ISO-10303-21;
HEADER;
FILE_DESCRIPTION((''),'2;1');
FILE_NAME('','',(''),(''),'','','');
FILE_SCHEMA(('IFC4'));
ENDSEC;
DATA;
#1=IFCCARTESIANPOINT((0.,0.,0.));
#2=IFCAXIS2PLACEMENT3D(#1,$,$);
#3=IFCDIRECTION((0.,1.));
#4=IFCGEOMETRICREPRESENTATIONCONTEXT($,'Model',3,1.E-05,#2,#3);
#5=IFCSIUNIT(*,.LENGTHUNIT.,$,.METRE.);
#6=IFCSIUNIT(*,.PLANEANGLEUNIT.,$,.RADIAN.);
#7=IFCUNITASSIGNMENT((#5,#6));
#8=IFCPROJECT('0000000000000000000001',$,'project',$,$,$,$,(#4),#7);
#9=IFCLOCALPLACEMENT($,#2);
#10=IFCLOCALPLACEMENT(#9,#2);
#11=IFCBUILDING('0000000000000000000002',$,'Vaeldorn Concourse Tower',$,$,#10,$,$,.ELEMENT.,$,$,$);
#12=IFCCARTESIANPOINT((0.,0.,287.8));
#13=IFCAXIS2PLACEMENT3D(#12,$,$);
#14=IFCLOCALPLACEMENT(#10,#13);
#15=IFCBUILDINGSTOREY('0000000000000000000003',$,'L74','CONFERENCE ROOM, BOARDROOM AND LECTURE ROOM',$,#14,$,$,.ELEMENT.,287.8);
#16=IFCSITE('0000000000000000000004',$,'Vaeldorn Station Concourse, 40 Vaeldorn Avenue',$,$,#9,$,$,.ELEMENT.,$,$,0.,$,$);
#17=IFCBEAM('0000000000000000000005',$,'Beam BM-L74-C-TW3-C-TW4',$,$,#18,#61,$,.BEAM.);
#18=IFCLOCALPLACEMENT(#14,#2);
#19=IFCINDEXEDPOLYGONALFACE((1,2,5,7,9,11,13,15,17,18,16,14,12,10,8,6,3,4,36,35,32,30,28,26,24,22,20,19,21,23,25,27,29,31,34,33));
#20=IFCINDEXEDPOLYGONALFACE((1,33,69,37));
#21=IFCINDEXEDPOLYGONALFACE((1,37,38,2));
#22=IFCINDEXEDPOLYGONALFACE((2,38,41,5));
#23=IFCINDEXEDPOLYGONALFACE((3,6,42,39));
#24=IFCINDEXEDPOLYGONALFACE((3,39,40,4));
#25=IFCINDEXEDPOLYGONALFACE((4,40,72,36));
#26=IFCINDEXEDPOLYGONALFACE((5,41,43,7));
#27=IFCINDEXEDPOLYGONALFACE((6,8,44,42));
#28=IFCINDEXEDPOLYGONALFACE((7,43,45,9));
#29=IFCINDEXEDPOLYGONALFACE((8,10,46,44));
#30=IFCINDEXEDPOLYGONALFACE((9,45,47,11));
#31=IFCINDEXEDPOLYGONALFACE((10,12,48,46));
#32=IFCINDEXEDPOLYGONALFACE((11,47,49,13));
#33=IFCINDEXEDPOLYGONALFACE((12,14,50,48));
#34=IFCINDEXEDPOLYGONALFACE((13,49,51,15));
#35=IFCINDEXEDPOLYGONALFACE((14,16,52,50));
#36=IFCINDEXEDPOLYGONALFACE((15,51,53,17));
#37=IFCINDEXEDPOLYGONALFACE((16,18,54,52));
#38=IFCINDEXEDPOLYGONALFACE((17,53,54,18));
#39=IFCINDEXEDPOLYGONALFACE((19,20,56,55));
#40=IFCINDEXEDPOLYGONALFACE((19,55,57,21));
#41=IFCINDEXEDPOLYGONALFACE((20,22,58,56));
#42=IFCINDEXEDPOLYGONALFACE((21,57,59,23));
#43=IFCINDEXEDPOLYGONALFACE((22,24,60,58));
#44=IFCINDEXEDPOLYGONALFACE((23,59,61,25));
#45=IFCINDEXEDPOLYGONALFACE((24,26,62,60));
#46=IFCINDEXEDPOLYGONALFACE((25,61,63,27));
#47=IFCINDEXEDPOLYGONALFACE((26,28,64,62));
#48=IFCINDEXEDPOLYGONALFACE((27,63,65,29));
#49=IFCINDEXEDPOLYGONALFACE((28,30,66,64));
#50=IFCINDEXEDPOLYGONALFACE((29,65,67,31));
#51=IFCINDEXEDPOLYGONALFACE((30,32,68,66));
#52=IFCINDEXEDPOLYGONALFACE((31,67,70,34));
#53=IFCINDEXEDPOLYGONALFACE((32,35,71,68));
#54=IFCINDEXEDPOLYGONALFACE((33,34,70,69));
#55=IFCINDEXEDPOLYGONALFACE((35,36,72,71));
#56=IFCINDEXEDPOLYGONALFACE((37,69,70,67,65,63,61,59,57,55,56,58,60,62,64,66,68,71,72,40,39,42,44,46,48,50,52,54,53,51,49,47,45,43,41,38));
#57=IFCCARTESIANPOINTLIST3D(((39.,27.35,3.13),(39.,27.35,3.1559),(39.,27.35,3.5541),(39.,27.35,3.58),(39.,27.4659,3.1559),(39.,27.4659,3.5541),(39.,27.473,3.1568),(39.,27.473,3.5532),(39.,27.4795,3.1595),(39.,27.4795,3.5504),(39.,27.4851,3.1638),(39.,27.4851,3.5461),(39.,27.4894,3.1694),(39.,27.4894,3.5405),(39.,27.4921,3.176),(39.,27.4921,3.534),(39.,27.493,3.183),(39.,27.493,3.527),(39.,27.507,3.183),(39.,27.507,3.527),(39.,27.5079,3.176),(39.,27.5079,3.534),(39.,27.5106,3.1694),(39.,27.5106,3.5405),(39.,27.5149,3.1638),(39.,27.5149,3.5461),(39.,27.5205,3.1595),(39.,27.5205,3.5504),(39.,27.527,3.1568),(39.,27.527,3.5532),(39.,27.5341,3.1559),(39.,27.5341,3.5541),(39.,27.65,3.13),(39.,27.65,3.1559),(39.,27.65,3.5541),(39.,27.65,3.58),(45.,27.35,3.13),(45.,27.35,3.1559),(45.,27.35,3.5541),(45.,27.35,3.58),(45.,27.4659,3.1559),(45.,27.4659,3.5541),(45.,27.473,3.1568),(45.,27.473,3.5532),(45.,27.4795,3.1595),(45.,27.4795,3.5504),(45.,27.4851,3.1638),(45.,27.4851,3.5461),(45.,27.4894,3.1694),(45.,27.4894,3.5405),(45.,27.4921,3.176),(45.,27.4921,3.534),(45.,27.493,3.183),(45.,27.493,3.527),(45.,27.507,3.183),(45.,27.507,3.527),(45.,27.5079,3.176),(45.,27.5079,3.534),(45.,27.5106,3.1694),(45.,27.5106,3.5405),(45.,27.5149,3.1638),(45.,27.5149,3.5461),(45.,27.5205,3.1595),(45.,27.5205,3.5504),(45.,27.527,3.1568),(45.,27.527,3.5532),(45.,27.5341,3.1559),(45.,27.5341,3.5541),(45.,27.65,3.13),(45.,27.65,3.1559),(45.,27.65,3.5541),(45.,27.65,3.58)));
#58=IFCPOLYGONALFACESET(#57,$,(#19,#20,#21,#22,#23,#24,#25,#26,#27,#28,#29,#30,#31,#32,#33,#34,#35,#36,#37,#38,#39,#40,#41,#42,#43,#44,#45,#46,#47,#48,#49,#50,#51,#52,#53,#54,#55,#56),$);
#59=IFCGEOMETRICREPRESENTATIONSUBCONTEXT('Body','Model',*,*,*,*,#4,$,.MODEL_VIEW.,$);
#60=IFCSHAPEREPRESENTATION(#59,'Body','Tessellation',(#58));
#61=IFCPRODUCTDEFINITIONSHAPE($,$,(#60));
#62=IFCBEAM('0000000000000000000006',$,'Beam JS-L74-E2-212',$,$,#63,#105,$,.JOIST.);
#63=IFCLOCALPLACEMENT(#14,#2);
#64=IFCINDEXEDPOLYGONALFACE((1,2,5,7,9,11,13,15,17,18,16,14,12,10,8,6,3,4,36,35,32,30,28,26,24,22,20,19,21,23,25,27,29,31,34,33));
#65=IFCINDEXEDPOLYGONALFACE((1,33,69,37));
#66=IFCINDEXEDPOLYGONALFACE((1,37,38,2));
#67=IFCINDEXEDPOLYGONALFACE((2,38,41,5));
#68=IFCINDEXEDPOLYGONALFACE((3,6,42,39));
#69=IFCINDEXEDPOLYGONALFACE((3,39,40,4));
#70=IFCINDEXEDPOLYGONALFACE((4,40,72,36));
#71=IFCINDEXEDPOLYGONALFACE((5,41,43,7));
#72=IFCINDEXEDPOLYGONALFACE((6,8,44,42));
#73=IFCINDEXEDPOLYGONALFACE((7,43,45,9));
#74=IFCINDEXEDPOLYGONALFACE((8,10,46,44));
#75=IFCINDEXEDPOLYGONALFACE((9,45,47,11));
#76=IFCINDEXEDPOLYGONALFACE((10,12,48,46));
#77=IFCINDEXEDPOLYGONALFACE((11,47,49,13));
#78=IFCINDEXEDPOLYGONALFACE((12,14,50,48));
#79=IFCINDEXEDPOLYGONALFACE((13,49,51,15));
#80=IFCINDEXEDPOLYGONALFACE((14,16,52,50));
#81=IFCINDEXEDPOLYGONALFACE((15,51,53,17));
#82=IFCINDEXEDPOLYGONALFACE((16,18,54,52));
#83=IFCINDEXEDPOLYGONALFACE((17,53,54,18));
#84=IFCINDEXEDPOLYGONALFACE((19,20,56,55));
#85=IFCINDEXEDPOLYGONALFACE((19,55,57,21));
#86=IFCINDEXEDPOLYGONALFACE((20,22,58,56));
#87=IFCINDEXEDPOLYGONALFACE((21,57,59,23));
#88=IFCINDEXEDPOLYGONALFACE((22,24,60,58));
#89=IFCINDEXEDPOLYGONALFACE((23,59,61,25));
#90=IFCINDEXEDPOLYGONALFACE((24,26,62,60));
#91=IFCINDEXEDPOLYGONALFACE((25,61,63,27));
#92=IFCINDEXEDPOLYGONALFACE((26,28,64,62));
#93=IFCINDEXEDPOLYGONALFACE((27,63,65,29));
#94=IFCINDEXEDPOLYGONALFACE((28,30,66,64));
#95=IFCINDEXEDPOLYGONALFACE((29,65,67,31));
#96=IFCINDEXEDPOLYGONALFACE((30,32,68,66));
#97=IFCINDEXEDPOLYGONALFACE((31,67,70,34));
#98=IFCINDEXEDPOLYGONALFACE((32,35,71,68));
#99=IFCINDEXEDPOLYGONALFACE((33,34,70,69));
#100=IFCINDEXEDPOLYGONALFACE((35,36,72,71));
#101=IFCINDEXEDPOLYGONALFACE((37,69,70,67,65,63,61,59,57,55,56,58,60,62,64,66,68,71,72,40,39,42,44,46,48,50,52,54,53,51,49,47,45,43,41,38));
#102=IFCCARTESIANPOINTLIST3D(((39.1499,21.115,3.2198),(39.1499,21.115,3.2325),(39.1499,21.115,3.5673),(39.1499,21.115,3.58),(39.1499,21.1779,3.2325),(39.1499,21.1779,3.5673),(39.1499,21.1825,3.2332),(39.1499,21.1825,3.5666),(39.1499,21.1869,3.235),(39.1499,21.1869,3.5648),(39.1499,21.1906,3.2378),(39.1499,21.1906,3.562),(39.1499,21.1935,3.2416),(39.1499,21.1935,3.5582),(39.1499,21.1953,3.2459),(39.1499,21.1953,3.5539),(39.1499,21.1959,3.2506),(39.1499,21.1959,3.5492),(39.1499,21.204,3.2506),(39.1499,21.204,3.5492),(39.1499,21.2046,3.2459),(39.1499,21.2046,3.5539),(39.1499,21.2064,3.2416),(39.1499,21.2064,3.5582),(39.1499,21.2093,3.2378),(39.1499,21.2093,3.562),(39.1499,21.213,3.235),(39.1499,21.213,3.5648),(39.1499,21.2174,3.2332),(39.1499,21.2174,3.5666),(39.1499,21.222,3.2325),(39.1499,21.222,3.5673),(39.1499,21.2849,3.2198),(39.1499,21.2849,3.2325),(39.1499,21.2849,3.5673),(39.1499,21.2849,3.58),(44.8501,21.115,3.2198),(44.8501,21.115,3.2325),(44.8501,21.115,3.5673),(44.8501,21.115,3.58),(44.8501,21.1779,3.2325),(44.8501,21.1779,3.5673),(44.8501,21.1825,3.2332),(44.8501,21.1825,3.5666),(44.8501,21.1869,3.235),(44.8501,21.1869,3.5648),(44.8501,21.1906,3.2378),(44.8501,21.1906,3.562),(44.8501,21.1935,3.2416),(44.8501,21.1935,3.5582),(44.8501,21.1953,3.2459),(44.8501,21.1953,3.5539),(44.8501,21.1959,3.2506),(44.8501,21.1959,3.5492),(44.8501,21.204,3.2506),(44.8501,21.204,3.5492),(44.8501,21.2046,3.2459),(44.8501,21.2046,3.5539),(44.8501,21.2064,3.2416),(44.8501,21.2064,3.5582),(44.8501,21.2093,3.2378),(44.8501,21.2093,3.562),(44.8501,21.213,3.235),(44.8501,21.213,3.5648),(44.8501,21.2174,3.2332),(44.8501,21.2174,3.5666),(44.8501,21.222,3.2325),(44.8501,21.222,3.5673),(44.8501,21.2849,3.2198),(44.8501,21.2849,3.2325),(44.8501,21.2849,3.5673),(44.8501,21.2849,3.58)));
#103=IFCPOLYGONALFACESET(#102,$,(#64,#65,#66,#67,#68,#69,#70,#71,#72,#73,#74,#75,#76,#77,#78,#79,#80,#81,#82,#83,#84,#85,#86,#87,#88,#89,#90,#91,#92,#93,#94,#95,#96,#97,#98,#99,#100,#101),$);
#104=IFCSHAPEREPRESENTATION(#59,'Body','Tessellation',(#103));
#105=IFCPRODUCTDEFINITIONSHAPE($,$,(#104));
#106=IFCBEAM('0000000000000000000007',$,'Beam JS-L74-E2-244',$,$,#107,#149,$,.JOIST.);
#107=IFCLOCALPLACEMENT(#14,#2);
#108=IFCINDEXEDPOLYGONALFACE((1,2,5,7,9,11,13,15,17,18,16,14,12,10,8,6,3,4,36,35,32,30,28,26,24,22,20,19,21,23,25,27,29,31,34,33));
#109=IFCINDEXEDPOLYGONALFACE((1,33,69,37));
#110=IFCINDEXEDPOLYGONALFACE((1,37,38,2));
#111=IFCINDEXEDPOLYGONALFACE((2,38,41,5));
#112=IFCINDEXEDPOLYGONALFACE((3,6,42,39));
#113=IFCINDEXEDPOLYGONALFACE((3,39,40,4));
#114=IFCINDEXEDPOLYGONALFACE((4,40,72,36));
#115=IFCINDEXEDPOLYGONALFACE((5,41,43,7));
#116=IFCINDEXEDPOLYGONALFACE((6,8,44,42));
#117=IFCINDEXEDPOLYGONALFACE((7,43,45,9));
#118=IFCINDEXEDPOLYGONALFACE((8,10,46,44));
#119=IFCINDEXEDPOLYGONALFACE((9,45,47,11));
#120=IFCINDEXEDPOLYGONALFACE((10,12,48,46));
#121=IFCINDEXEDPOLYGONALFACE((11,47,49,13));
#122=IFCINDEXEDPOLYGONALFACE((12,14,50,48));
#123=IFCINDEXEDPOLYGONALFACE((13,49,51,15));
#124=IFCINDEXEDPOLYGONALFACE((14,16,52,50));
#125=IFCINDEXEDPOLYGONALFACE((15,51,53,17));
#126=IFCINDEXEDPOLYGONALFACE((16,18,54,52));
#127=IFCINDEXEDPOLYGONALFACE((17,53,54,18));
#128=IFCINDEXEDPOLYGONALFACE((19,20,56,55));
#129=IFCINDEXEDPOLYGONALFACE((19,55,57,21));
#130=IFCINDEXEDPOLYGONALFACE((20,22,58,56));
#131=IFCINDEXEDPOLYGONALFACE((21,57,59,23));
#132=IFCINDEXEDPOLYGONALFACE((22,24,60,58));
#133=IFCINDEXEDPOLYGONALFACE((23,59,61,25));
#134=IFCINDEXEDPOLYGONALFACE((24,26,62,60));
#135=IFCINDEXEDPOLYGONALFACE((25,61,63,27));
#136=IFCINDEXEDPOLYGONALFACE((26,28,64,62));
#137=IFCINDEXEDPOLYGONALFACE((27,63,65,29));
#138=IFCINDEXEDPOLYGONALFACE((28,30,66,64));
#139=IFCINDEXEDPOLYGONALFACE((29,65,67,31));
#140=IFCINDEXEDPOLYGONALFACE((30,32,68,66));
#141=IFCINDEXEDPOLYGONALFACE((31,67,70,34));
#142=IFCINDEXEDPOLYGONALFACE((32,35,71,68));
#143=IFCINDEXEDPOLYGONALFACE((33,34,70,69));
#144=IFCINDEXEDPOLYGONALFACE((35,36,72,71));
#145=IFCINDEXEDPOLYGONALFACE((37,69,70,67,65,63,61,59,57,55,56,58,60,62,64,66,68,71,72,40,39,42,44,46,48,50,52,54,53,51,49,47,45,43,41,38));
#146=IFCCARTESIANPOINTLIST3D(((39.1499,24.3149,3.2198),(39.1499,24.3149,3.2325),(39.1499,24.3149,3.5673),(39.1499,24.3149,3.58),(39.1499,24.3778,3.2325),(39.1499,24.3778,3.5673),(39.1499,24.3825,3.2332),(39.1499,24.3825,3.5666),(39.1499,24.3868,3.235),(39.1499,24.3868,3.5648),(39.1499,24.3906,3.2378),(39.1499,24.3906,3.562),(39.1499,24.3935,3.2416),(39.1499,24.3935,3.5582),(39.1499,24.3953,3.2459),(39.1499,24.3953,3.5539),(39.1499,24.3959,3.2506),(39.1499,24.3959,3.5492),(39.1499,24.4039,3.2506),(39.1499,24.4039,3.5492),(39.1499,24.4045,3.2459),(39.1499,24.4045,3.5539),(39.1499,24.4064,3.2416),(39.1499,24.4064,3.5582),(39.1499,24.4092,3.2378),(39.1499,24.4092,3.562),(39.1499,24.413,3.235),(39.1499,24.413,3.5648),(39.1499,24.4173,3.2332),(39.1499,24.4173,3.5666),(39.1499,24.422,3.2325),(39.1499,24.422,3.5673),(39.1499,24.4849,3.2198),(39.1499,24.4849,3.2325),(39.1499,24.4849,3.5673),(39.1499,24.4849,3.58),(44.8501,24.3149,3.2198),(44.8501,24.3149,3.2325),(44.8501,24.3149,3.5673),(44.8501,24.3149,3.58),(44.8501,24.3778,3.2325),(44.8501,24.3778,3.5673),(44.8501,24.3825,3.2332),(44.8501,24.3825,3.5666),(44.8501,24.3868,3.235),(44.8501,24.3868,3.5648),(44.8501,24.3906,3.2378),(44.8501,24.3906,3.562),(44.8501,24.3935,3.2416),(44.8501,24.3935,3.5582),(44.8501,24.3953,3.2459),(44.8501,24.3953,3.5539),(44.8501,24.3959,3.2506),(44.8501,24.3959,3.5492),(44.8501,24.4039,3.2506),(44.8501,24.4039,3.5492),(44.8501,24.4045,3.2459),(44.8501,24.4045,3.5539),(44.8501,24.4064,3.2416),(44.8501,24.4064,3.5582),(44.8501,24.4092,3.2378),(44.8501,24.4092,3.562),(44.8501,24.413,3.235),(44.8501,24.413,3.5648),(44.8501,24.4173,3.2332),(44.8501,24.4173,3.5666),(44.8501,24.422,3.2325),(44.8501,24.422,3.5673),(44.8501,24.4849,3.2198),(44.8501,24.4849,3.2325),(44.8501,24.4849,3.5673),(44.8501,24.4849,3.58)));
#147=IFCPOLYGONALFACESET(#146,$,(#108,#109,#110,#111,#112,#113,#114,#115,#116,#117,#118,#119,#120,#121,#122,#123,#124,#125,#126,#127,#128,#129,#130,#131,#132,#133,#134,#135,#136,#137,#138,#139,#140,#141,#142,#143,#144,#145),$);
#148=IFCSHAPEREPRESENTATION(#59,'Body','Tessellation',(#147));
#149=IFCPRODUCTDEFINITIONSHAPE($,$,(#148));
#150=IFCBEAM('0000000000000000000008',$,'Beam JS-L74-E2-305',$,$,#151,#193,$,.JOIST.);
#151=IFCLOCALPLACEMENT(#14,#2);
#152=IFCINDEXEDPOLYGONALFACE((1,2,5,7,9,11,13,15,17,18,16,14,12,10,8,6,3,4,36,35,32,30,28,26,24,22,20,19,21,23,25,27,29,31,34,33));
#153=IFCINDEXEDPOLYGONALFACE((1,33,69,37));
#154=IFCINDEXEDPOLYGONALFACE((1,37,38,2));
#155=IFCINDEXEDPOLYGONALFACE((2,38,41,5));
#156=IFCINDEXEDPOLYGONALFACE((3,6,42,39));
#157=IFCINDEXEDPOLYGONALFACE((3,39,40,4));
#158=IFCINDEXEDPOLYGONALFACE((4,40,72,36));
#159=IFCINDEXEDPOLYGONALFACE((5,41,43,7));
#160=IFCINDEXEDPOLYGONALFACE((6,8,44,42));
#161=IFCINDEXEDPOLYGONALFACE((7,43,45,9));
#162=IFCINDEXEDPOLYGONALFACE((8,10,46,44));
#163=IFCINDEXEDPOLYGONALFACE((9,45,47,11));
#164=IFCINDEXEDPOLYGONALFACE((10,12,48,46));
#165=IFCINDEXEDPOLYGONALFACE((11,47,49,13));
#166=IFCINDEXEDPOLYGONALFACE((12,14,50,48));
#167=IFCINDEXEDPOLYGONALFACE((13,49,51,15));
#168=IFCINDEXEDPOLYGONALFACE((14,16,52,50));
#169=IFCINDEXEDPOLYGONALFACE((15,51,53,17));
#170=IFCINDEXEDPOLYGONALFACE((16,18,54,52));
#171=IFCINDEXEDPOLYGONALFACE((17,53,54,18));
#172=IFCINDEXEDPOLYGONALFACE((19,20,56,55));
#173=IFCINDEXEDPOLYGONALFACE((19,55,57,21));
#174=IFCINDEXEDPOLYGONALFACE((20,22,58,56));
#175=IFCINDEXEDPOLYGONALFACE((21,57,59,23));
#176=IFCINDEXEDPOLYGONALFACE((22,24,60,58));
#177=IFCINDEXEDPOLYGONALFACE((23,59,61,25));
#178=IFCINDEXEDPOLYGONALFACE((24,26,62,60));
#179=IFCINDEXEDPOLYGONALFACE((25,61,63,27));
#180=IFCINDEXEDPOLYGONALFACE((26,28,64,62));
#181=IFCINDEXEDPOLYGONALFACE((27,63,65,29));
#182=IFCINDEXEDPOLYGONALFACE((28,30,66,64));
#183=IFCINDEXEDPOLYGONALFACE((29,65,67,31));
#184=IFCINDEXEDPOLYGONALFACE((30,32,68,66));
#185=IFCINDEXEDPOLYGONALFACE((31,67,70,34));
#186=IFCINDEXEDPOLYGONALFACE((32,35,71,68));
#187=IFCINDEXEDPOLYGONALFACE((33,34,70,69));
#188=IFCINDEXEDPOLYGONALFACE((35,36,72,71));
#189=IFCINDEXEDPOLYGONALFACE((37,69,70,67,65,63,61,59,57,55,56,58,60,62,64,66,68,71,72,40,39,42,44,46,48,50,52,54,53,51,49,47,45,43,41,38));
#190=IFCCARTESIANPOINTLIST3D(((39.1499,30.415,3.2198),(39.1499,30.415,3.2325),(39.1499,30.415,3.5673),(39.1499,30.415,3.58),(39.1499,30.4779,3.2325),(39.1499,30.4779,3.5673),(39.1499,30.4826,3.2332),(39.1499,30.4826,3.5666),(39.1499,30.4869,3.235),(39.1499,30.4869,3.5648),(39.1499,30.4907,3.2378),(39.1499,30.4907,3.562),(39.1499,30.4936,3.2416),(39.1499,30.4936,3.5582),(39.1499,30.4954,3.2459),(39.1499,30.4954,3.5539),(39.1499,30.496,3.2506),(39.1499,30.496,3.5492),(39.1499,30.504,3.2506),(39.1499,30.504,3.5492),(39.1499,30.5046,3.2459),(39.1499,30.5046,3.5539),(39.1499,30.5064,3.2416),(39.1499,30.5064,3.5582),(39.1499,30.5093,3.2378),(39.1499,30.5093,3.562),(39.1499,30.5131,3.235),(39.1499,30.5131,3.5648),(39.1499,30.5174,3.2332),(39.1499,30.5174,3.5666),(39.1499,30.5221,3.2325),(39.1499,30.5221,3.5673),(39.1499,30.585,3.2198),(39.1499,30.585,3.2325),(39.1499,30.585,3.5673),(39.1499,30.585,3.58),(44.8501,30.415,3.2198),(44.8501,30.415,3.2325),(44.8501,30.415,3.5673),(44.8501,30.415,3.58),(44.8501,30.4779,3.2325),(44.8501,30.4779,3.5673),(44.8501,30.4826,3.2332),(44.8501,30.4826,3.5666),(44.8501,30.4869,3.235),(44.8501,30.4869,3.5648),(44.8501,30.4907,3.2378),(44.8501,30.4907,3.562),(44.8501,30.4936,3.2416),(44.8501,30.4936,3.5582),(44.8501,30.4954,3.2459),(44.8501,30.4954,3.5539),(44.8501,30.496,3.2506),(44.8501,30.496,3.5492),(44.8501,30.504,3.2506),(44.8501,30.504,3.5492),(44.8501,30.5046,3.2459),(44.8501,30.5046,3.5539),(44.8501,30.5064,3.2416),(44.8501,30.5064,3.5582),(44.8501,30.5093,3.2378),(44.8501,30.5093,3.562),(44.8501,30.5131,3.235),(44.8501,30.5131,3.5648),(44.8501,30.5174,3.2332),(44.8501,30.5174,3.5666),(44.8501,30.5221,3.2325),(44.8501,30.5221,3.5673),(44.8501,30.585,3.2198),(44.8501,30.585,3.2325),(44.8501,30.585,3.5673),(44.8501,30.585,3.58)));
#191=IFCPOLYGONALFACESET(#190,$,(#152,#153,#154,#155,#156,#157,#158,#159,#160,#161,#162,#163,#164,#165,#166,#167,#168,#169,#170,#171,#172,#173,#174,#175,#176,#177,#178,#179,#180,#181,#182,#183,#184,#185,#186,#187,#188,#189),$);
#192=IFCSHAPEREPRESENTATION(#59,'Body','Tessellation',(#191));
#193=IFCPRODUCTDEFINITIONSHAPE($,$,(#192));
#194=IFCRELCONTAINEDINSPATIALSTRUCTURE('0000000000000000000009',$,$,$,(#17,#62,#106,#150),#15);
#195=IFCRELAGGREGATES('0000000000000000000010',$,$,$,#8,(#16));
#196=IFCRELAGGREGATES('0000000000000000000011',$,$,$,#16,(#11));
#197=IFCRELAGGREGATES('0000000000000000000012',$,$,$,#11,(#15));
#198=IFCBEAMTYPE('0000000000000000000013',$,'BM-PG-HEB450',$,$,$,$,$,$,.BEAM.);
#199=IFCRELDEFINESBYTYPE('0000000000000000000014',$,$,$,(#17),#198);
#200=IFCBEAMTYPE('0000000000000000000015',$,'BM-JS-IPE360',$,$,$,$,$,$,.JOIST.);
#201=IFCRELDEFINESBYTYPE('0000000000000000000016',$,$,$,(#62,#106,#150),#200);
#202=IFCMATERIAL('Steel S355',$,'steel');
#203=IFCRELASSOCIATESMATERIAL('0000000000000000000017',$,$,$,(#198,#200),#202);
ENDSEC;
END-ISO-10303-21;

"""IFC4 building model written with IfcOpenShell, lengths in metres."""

from ifc_helpers import new_model, si_unit, direction, frame, origin, origin_2d, place, context, subcontext, project, spatial, i_section, extrude, source, transform, mapped, material, material_profile, profile_set, type_object, element, save


model = new_model("IFC4")

# Units and contexts
model_context = context("Model", 3, precision=1e-05, world=origin(), true_north=direction((0.0, 1.0)))
body_context = subcontext(model_context, "Body", "Model", "MODEL_VIEW")
ifc_project = project(units=[si_unit("LENGTHUNIT", "METRE"), si_unit("PLANEANGLEUNIT", "RADIAN")], contexts=[model_context])

# Site, building, storey
site_placement = place(None, origin())
site = spatial("IfcSite", under=ifc_project, at=site_placement, Name="Vaeldorn Station Concourse, 40 Vaeldorn Avenue", CompositionType="ELEMENT", RefElevation=0.0)
building_placement = place(site_placement, origin())
building = spatial("IfcBuilding", under=site, at=building_placement, Name="Vaeldorn Concourse Tower", CompositionType="ELEMENT")
storey_placement = place(building_placement, frame((0.0, 0.0, 287.8)))
storey = spatial("IfcBuildingStorey", under=building, at=storey_placement, Name="L74", Description="CONFERENCE ROOM, BOARDROOM AND LECTURE ROOM", CompositionType="ELEMENT", Elevation=287.8)

# Shared definitions
ifc_material_1 = material(Name="Steel S355", Category="steel")

# Beams
ifc_material_profile_1 = material_profile(ifc_material_1, i_section(OverallWidth=0.3, OverallDepth=0.45, WebThickness=0.0139, FlangeThickness=0.0259, FilletRadius=0.0271, at=origin_2d()), Name="HEB 450")
ifc_profile_set_1 = profile_set([ifc_material_profile_1], Name="Steel S355")
beam_type_1 = type_object("IfcBeamType", Name="BM-PG-HEB450", PredefinedType="BEAM", material=ifc_profile_set_1)
shared_shape_1 = source(origin(), body_context, "Body", "SweptSolid", [
    extrude(i_section(OverallWidth=0.3, OverallDepth=0.45, WebThickness=0.0139, FlangeThickness=0.0259, FilletRadius=0.0271, at=origin_2d()), origin(), (0.0, 0.0, 1.0), 6.0),
])
beam_1_placement = place(storey_placement, frame((39.0, 27.5, 3.355), z_axis=(1.0, 0.0, 0.0), x_axis=(0.0, 1.0, 0.0)))
element("IfcBeam", 1, at=beam_1_placement, inside=storey, type_object=beam_type_1, Name="Beam BM-L74-C-TW3-C-TW4", PredefinedType="BEAM", context=body_context, shape_type="MappedRepresentation", body=[
    mapped(shared_shape_1, transform((0.0, 0.0, 0.0), scale=1.0)),
])
ifc_material_profile_2 = material_profile(ifc_material_1, i_section(OverallWidth=0.1699, OverallDepth=0.3601, WebThickness=0.0081, FlangeThickness=0.0127, FilletRadius=0.0181, at=origin_2d()), Name="IPE 360")
ifc_profile_set_2 = profile_set([ifc_material_profile_2], Name="Steel S355")
beam_type_2 = type_object("IfcBeamType", Name="BM-JS-IPE360", PredefinedType="JOIST", material=ifc_profile_set_2)
shared_shape_2 = source(origin(), body_context, "Body", "SweptSolid", [
    extrude(i_section(OverallWidth=0.1699, OverallDepth=0.3601, WebThickness=0.0081, FlangeThickness=0.0127, FilletRadius=0.0181, at=origin_2d()), origin(), (0.0, 0.0, 1.0), 5.7002),
])
for number, where, z_axis, x_axis, name in (
    (2, (39.1499, 21.2, 3.3999), (1.0, 0.0, 0.0), (0.0, 1.0, 0.0), "Beam JS-L74-E2-212"),
    (3, (39.1499, 24.3999, 3.3999), (1.0, 0.0, 0.0), (0.0, 1.0, 0.0), "Beam JS-L74-E2-244"),
    (4, (39.1499, 30.5, 3.3999), (1.0, 0.0, 0.0), (0.0, 1.0, 0.0), "Beam JS-L74-E2-305"),
):
    element("IfcBeam", number, at=place(storey_placement, frame(where, z_axis=z_axis, x_axis=x_axis)), inside=storey, type_object=beam_type_2, Name=name, PredefinedType="JOIST", context=body_context, shape_type="MappedRepresentation", body=[
        mapped(shared_shape_2, transform((0.0, 0.0, 0.0), scale=1.0)),
    ])

save(model, "model.ifc")
